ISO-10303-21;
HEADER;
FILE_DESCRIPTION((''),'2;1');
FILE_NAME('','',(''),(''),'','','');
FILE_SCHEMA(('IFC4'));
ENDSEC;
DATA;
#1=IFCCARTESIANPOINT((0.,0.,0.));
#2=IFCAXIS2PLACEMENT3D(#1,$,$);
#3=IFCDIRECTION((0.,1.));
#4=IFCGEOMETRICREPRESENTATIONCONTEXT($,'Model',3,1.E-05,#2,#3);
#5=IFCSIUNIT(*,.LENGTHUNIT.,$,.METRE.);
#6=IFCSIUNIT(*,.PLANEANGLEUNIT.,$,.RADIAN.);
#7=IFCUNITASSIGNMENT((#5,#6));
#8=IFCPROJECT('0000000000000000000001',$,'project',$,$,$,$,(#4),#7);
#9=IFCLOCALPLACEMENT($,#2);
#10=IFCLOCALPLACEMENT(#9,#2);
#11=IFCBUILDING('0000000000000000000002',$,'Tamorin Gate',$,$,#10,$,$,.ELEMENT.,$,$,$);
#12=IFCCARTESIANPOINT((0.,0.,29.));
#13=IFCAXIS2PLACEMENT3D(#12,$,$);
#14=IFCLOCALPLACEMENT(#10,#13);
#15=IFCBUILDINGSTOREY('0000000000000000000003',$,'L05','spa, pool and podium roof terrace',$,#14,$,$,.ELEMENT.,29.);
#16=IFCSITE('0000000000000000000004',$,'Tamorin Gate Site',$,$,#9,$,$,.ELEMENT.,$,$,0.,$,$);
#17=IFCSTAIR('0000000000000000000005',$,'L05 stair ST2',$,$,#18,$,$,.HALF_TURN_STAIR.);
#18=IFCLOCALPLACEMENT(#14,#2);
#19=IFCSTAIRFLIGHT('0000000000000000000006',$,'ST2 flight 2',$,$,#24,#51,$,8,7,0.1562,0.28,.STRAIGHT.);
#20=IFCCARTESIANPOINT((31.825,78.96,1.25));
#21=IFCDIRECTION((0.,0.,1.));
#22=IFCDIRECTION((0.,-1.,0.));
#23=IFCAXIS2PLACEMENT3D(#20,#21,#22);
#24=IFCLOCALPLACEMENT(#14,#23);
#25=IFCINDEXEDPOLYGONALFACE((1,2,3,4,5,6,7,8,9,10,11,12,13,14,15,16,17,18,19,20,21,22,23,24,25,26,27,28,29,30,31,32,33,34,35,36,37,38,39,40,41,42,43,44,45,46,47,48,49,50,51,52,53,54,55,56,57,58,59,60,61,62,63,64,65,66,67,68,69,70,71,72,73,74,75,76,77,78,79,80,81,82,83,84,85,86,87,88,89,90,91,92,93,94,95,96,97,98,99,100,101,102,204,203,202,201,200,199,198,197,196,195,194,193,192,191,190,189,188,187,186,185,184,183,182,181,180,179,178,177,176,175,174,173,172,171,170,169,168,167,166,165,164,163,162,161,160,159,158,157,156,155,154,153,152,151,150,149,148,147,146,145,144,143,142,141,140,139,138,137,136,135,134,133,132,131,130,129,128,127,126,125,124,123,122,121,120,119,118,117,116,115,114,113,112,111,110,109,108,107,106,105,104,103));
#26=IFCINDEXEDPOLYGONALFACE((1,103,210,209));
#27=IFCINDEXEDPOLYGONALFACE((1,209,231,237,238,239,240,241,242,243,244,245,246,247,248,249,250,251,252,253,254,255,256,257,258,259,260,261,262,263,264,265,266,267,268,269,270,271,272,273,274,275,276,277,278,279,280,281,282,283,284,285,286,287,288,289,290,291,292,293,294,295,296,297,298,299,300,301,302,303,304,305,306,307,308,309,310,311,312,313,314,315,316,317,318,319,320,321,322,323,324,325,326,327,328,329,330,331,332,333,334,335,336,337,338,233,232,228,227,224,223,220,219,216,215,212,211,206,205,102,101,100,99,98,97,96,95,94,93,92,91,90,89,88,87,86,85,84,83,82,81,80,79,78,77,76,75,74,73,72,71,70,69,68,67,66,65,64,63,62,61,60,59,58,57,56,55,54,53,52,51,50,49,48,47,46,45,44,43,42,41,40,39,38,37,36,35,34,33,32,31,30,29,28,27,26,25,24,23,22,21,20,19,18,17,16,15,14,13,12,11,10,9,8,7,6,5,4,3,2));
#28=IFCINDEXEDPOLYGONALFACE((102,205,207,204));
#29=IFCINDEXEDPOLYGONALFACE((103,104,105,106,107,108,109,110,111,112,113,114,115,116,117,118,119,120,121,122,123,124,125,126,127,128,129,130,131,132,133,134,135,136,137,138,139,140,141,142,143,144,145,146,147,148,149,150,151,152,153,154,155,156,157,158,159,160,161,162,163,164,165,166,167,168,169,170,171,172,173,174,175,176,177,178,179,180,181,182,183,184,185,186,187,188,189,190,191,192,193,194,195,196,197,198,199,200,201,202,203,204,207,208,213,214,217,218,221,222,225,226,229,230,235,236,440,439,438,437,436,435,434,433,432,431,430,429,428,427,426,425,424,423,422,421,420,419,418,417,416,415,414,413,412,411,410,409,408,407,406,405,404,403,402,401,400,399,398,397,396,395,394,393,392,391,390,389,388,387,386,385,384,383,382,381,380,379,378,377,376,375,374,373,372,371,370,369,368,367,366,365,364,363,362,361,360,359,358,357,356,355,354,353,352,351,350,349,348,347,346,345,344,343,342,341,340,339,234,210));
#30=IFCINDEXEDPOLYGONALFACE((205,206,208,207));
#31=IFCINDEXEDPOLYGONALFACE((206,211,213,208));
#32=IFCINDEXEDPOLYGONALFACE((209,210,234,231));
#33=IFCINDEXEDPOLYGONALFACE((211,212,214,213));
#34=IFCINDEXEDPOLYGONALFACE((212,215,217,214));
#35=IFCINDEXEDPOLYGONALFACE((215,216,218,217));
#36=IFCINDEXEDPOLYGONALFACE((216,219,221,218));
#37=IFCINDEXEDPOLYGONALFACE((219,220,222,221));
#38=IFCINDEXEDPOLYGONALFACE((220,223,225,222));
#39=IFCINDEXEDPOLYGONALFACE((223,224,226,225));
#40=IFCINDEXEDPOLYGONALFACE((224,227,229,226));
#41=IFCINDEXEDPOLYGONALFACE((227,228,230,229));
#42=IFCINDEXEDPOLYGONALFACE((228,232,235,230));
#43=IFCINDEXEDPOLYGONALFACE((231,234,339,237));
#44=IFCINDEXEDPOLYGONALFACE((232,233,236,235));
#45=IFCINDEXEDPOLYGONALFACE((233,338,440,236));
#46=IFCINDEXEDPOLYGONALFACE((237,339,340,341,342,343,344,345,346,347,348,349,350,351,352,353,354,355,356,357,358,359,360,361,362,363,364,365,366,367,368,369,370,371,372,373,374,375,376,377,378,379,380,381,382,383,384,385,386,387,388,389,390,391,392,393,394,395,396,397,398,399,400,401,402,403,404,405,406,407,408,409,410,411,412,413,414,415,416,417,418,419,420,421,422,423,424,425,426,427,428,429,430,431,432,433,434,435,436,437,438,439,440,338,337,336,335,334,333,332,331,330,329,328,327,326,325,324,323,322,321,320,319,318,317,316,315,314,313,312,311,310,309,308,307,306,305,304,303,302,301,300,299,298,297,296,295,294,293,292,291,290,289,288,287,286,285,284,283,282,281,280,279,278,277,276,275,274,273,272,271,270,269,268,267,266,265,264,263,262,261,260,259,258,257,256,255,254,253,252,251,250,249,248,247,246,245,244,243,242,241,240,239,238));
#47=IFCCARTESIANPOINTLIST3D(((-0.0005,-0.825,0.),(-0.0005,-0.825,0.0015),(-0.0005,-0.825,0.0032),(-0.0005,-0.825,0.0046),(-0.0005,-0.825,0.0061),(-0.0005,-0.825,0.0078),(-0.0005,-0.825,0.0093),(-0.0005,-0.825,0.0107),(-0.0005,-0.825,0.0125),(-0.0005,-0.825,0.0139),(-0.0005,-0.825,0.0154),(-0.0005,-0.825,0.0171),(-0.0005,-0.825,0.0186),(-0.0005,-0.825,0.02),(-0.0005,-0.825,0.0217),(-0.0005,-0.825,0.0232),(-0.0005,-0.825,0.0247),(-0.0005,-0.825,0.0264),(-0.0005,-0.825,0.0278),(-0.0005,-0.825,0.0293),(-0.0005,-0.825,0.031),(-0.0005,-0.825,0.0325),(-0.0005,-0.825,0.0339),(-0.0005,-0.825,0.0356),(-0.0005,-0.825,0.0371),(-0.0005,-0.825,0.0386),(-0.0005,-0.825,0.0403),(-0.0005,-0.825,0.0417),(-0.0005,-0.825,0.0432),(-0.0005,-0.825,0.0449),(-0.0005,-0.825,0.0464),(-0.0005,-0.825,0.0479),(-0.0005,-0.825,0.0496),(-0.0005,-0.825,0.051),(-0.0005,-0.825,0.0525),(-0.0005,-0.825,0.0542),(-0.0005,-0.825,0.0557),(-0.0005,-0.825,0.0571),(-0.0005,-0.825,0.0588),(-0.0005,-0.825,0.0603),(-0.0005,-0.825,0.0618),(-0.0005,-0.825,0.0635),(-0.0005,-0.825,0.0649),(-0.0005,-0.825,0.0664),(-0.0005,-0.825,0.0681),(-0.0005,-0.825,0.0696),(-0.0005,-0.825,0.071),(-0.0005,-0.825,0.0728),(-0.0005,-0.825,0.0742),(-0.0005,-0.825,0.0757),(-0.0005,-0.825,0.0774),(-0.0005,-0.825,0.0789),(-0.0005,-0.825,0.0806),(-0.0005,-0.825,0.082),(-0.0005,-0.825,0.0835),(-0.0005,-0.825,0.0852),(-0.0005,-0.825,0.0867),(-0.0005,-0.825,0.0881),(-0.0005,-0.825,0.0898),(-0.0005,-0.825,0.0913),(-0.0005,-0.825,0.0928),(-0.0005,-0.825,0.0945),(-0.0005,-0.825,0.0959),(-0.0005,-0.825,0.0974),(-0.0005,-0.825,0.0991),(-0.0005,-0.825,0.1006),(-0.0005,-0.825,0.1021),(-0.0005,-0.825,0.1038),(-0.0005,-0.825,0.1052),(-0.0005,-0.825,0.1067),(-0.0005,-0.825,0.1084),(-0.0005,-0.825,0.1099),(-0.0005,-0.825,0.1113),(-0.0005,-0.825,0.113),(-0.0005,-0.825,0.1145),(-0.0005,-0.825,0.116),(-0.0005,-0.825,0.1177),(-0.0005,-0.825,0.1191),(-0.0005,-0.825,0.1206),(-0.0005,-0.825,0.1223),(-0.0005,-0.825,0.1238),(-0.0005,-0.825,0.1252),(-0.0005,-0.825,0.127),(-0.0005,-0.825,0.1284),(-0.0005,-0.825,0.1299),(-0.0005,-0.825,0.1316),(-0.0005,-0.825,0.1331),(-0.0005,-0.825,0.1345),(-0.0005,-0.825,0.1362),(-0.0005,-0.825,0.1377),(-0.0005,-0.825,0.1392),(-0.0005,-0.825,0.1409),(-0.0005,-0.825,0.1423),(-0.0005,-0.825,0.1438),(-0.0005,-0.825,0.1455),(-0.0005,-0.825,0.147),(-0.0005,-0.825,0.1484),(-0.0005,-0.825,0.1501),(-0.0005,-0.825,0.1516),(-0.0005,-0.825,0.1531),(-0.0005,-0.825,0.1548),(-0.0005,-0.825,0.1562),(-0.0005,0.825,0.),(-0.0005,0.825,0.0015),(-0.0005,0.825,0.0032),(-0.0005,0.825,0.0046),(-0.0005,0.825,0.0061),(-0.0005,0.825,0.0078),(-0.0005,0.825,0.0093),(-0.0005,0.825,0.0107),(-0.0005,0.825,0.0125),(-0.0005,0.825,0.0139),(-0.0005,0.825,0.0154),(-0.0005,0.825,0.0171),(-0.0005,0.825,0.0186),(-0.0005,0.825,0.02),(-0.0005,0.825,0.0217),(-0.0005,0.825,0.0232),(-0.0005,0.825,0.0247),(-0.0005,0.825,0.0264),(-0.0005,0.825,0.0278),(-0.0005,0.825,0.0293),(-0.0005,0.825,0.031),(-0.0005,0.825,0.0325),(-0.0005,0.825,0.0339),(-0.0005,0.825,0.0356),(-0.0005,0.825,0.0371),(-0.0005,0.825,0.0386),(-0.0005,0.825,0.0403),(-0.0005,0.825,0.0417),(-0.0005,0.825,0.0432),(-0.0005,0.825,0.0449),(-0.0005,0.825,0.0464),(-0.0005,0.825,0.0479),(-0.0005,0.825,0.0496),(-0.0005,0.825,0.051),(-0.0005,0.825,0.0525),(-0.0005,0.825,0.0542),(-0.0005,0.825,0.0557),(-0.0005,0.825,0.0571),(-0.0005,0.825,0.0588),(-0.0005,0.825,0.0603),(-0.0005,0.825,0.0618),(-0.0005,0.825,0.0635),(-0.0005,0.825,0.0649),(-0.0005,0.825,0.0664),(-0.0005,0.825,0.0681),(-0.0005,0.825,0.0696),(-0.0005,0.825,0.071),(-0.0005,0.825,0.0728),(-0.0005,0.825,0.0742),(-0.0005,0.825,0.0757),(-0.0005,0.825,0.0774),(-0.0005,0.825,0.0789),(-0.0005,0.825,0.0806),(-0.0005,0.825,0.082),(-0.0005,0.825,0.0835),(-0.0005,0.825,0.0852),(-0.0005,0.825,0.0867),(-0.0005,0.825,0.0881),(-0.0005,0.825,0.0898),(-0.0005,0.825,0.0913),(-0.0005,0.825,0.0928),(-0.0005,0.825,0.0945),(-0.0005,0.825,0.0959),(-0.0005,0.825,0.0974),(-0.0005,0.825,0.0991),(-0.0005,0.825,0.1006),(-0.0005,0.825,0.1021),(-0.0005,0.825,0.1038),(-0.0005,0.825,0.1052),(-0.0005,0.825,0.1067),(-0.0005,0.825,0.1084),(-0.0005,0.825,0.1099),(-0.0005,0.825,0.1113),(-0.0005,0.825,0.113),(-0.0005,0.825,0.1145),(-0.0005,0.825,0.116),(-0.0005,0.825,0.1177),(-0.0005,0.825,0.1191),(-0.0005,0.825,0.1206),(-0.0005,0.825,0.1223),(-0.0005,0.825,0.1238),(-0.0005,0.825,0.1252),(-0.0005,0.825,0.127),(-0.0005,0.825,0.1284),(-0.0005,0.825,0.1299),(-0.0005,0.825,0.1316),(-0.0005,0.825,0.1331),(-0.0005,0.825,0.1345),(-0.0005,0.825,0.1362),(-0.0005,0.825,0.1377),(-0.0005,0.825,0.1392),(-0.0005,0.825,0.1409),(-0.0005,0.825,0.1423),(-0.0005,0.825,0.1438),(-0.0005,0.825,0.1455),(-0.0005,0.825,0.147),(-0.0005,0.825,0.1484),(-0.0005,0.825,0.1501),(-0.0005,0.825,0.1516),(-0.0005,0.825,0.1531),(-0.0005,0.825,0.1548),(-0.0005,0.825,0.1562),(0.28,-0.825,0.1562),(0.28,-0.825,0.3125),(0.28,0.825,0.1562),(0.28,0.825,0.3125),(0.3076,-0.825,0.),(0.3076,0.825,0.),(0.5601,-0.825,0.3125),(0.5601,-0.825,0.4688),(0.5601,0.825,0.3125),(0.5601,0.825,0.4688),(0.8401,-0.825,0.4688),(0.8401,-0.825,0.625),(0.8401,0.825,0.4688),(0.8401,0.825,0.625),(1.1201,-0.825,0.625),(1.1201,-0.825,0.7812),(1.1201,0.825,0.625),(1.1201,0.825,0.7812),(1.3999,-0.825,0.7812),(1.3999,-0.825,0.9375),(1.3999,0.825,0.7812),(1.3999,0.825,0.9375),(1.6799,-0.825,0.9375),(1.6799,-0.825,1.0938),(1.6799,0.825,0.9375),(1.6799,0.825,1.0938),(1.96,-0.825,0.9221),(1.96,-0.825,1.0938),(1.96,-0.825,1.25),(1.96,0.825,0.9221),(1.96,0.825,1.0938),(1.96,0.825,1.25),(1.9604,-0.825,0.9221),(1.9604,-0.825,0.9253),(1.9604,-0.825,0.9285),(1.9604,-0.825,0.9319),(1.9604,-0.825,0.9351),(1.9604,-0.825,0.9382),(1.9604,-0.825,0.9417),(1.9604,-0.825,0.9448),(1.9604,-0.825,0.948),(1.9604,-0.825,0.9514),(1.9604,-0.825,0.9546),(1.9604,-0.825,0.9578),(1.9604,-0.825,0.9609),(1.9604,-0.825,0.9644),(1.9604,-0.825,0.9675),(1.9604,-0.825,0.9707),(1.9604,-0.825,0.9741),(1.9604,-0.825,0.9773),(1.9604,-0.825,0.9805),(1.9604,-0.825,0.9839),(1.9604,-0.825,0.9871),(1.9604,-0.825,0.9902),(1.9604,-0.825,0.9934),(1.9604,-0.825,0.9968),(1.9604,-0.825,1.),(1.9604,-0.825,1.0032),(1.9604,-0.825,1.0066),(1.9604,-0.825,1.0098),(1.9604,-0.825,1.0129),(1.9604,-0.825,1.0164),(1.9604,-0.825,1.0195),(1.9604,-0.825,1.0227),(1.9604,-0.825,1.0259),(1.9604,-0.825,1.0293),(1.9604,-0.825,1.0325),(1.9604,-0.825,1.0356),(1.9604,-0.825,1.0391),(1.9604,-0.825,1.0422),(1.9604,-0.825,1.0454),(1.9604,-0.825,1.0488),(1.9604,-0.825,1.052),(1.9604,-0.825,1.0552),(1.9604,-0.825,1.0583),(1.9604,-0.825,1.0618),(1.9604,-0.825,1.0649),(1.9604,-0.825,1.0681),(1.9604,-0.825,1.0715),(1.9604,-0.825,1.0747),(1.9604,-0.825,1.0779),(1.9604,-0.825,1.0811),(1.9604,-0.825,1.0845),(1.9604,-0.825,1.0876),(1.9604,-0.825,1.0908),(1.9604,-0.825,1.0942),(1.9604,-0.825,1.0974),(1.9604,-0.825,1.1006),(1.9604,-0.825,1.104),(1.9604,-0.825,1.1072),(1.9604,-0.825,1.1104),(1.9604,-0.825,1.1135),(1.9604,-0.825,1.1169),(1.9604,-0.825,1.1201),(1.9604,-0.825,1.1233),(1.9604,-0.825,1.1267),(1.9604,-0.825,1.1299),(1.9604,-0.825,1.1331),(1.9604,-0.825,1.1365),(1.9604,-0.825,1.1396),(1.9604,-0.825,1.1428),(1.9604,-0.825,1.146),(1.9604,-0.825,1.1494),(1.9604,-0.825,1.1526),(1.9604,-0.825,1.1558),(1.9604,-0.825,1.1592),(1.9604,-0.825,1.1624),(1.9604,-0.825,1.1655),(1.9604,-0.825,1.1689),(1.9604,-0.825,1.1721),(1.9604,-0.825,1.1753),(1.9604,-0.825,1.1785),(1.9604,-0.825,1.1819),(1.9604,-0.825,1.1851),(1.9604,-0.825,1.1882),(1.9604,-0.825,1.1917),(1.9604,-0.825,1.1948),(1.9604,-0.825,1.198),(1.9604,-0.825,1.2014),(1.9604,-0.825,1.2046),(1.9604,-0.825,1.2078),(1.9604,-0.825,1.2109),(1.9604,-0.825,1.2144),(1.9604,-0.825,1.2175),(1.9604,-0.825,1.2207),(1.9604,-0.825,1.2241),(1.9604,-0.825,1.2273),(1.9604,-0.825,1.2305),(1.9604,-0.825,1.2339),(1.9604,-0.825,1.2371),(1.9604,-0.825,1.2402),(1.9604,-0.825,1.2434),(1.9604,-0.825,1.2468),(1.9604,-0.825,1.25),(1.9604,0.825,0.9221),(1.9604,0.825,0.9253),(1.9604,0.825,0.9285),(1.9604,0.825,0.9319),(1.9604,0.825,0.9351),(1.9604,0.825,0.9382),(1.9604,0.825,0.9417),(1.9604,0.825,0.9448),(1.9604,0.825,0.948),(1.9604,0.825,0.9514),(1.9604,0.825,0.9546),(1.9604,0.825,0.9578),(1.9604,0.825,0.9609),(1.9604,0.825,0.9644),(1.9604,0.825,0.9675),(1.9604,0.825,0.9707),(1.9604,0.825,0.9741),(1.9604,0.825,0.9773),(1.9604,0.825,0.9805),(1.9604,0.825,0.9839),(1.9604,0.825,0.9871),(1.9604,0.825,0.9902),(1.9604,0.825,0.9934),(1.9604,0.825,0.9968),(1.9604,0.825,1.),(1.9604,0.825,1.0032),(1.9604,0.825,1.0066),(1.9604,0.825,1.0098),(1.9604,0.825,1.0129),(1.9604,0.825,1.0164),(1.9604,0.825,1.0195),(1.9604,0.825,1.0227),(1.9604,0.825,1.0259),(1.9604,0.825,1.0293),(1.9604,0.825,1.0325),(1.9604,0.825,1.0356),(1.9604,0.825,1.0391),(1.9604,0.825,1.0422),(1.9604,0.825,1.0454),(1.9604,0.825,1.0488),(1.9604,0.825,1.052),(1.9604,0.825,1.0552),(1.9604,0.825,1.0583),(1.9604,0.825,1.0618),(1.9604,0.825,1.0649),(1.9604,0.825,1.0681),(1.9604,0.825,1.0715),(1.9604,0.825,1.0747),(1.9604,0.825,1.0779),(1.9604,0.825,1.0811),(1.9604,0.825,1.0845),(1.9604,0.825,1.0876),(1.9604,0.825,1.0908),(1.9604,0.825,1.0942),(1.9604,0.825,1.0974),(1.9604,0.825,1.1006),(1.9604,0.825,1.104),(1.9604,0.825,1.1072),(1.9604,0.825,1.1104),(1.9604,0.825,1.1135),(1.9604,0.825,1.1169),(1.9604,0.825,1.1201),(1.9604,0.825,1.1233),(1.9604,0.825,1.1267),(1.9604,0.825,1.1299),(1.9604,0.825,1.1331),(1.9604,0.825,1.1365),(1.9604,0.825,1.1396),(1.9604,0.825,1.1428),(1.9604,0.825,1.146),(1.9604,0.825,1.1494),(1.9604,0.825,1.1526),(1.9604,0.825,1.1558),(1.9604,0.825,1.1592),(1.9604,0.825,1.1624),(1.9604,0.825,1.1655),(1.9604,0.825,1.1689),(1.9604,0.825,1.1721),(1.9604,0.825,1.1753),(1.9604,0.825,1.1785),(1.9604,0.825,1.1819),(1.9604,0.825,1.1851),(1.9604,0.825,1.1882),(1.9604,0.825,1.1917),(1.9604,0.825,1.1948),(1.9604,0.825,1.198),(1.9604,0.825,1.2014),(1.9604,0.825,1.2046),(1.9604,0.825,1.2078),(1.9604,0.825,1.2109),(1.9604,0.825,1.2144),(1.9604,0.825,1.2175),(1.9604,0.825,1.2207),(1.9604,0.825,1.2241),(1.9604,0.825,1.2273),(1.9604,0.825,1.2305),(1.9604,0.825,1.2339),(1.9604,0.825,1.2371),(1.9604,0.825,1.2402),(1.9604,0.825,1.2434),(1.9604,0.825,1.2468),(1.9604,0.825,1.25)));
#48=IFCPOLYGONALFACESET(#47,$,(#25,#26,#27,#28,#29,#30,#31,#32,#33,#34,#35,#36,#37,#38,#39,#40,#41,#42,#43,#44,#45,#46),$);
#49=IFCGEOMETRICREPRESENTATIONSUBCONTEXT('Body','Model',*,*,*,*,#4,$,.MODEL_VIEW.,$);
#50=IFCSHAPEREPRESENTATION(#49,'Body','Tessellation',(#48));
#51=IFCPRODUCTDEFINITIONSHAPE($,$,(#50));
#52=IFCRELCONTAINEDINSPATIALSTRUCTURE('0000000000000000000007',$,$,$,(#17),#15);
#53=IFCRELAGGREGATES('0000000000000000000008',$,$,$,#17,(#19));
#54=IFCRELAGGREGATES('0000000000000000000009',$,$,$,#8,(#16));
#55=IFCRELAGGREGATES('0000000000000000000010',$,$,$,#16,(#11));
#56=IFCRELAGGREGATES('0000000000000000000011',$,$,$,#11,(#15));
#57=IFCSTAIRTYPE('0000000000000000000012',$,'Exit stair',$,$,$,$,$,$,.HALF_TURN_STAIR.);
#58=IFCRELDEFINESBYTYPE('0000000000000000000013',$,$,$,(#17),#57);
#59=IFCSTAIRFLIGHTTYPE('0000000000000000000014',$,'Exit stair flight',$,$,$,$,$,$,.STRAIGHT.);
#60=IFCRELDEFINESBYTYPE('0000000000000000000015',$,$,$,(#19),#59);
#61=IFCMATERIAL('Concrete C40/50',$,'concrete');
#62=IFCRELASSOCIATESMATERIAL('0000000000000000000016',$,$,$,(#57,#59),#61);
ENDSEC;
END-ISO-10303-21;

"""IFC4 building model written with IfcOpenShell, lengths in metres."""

from ifc_helpers import new_model, si_unit, direction, frame, origin, place, context, subcontext, project, spatial, polyline, outline, extrude, material, type_object, element, aggregate, save


model = new_model("IFC4")

# Units and contexts
model_context = context("Model", 3, precision=1e-05, world=origin(), true_north=direction((0.0, 1.0)))
body_context = subcontext(model_context, "Body", "Model", "MODEL_VIEW")
ifc_project = project(units=[si_unit("LENGTHUNIT", "METRE"), si_unit("PLANEANGLEUNIT", "RADIAN")], contexts=[model_context])

# Site, building, storey
site_placement = place(None, origin())
site = spatial("IfcSite", under=ifc_project, at=site_placement, Name="Tamorin Gate Site", CompositionType="ELEMENT", RefElevation=0.0)
building_placement = place(site_placement, origin())
building = spatial("IfcBuilding", under=site, at=building_placement, Name="Tamorin Gate", CompositionType="ELEMENT")
storey_placement = place(building_placement, frame((0.0, 0.0, 29.0)))
storey = spatial("IfcBuildingStorey", under=building, at=storey_placement, Name="L05", Description="spa, pool and podium roof terrace", CompositionType="ELEMENT", Elevation=29.0)

# Stair, stair flight
ifc_material_1 = material(Name="Concrete C40/50", Category="concrete")
stair_type = type_object("IfcStairType", Name="Exit stair", PredefinedType="HALF_TURN_STAIR", material=ifc_material_1)
stair_placement = place(storey_placement, origin())
stair = element("IfcStair", 1, at=stair_placement, inside=storey, type_object=stair_type, Name="L05 stair ST2", PredefinedType="HALF_TURN_STAIR")
stair_flight_type = type_object("IfcStairFlightType", Name="Exit stair flight", PredefinedType="STRAIGHT", material=ifc_material_1)
stair_flight_1_placement = place(storey_placement, frame((31.825, 78.96, 1.25), z_axis=(0.0, 0.0, 1.0), x_axis=(0.0, -1.0, 0.0)))
stair_flight_1 = element("IfcStairFlight", 2, at=stair_flight_1_placement, type_object=stair_flight_type, Name="ST2 flight 2", NumberOfRisers=8, NumberOfTreads=7, PredefinedType="STRAIGHT", RiserHeight=0.1562, TreadLength=0.28, context=body_context, shape_type="SweptSolid", body=[
    extrude(outline(polyline([(-0.0005, 0.0), (-0.0005, 0.0015), (-0.0005, 0.0032), (-0.0005, 0.0046), (-0.0005, 0.0061), (-0.0005, 0.0078), (-0.0005, 0.0093), (-0.0005, 0.0107), (-0.0005, 0.0125), (-0.0005, 0.0139), (-0.0005, 0.0154), (-0.0005, 0.0171), (-0.0005, 0.0186), (-0.0005, 0.02), (-0.0005, 0.0217), (-0.0005, 0.0232), (-0.0005, 0.0247), (-0.0005, 0.0264), (-0.0005, 0.0278), (-0.0005, 0.0293), (-0.0005, 0.031), (-0.0005, 0.0325), (-0.0005, 0.0339), (-0.0005, 0.0356), (-0.0005, 0.0371), (-0.0005, 0.0386), (-0.0005, 0.0403), (-0.0005, 0.0417), (-0.0005, 0.0432), (-0.0005, 0.0449), (-0.0005, 0.0464), (-0.0005, 0.0479), (-0.0005, 0.0496), (-0.0005, 0.051), (-0.0005, 0.0525), (-0.0005, 0.0542), (-0.0005, 0.0557), (-0.0005, 0.0571), (-0.0005, 0.0588), (-0.0005, 0.0603), (-0.0005, 0.0618), (-0.0005, 0.0635), (-0.0005, 0.0649), (-0.0005, 0.0664), (-0.0005, 0.0681), (-0.0005, 0.0696), (-0.0005, 0.071), (-0.0005, 0.0728), (-0.0005, 0.0742), (-0.0005, 0.0757), (-0.0005, 0.0774), (-0.0005, 0.0789), (-0.0005, 0.0806), (-0.0005, 0.082), (-0.0005, 0.0835), (-0.0005, 0.0852), (-0.0005, 0.0867), (-0.0005, 0.0881), (-0.0005, 0.0898), (-0.0005, 0.0913), (-0.0005, 0.0928), (-0.0005, 0.0945), (-0.0005, 0.0959), (-0.0005, 0.0974), (-0.0005, 0.0991), (-0.0005, 0.1006), (-0.0005, 0.1021), (-0.0005, 0.1038), (-0.0005, 0.1052), (-0.0005, 0.1067), (-0.0005, 0.1084), (-0.0005, 0.1099), (-0.0005, 0.1113), (-0.0005, 0.113), (-0.0005, 0.1145), (-0.0005, 0.116), (-0.0005, 0.1177), (-0.0005, 0.1191), (-0.0005, 0.1206), (-0.0005, 0.1223), (-0.0005, 0.1238), (-0.0005, 0.1252), (-0.0005, 0.127), (-0.0005, 0.1284), (-0.0005, 0.1299), (-0.0005, 0.1316), (-0.0005, 0.1331), (-0.0005, 0.1345), (-0.0005, 0.1362), (-0.0005, 0.1377), (-0.0005, 0.1392), (-0.0005, 0.1409), (-0.0005, 0.1423), (-0.0005, 0.1438), (-0.0005, 0.1455), (-0.0005, 0.147), (-0.0005, 0.1484), (-0.0005, 0.1501), (-0.0005, 0.1516), (-0.0005, 0.1531), (-0.0005, 0.1548), (-0.0005, 0.1562), (0.28, 0.1562), (0.28, 0.3125), (0.5601, 0.3125), (0.5601, 0.4688), (0.8401, 0.4688), (0.8401, 0.625), (1.1201, 0.625), (1.1201, 0.7812), (1.3999, 0.7812), (1.3999, 0.9375), (1.6799, 0.9375), (1.6799, 1.0938), (1.96, 1.0938), (1.96, 1.25), (1.9604, 1.25), (1.9604, 1.2468), (1.9604, 1.2434), (1.9604, 1.2402), (1.9604, 1.2371), (1.9604, 1.2339), (1.9604, 1.2305), (1.9604, 1.2273), (1.9604, 1.2241), (1.9604, 1.2207), (1.9604, 1.2175), (1.9604, 1.2144), (1.9604, 1.2109), (1.9604, 1.2078), (1.9604, 1.2046), (1.9604, 1.2014), (1.9604, 1.198), (1.9604, 1.1948), (1.9604, 1.1917), (1.9604, 1.1882), (1.9604, 1.1851), (1.9604, 1.1819), (1.9604, 1.1785), (1.9604, 1.1753), (1.9604, 1.1721), (1.9604, 1.1689), (1.9604, 1.1655), (1.9604, 1.1624), (1.9604, 1.1592), (1.9604, 1.1558), (1.9604, 1.1526), (1.9604, 1.1494), (1.9604, 1.146), (1.9604, 1.1428), (1.9604, 1.1396), (1.9604, 1.1365), (1.9604, 1.1331), (1.9604, 1.1299), (1.9604, 1.1267), (1.9604, 1.1233), (1.9604, 1.1201), (1.9604, 1.1169), (1.9604, 1.1135), (1.9604, 1.1104), (1.9604, 1.1072), (1.9604, 1.104), (1.9604, 1.1006), (1.9604, 1.0974), (1.9604, 1.0942), (1.9604, 1.0908), (1.9604, 1.0876), (1.9604, 1.0845), (1.9604, 1.0811), (1.9604, 1.0779), (1.9604, 1.0747), (1.9604, 1.0715), (1.9604, 1.0681), (1.9604, 1.0649), (1.9604, 1.0618), (1.9604, 1.0583), (1.9604, 1.0552), (1.9604, 1.052), (1.9604, 1.0488), (1.9604, 1.0454), (1.9604, 1.0422), (1.9604, 1.0391), (1.9604, 1.0356), (1.9604, 1.0325), (1.9604, 1.0293), (1.9604, 1.0259), (1.9604, 1.0227), (1.9604, 1.0195), (1.9604, 1.0164), (1.9604, 1.0129), (1.9604, 1.0098), (1.9604, 1.0066), (1.9604, 1.0032), (1.9604, 1.0), (1.9604, 0.9968), (1.9604, 0.9934), (1.9604, 0.9902), (1.9604, 0.9871), (1.9604, 0.9839), (1.9604, 0.9805), (1.9604, 0.9773), (1.9604, 0.9741), (1.9604, 0.9707), (1.9604, 0.9675), (1.9604, 0.9644), (1.9604, 0.9609), (1.9604, 0.9578), (1.9604, 0.9546), (1.9604, 0.9514), (1.9604, 0.948), (1.9604, 0.9448), (1.9604, 0.9417), (1.9604, 0.9382), (1.9604, 0.9351), (1.9604, 0.9319), (1.9604, 0.9285), (1.9604, 0.9253), (1.9604, 0.9221), (1.96, 0.9221), (0.3076, 0.0), (-0.0005, 0.0)])), frame((0.0, 0.825, 0.0), z_axis=(0.0, -1.0, 0.0), x_axis=(1.0, 0.0, 0.0)), (0.0, 0.0, 1.0), 1.6499),
])
aggregate(stair, [stair_flight_1])

save(model, "model.ifc")
